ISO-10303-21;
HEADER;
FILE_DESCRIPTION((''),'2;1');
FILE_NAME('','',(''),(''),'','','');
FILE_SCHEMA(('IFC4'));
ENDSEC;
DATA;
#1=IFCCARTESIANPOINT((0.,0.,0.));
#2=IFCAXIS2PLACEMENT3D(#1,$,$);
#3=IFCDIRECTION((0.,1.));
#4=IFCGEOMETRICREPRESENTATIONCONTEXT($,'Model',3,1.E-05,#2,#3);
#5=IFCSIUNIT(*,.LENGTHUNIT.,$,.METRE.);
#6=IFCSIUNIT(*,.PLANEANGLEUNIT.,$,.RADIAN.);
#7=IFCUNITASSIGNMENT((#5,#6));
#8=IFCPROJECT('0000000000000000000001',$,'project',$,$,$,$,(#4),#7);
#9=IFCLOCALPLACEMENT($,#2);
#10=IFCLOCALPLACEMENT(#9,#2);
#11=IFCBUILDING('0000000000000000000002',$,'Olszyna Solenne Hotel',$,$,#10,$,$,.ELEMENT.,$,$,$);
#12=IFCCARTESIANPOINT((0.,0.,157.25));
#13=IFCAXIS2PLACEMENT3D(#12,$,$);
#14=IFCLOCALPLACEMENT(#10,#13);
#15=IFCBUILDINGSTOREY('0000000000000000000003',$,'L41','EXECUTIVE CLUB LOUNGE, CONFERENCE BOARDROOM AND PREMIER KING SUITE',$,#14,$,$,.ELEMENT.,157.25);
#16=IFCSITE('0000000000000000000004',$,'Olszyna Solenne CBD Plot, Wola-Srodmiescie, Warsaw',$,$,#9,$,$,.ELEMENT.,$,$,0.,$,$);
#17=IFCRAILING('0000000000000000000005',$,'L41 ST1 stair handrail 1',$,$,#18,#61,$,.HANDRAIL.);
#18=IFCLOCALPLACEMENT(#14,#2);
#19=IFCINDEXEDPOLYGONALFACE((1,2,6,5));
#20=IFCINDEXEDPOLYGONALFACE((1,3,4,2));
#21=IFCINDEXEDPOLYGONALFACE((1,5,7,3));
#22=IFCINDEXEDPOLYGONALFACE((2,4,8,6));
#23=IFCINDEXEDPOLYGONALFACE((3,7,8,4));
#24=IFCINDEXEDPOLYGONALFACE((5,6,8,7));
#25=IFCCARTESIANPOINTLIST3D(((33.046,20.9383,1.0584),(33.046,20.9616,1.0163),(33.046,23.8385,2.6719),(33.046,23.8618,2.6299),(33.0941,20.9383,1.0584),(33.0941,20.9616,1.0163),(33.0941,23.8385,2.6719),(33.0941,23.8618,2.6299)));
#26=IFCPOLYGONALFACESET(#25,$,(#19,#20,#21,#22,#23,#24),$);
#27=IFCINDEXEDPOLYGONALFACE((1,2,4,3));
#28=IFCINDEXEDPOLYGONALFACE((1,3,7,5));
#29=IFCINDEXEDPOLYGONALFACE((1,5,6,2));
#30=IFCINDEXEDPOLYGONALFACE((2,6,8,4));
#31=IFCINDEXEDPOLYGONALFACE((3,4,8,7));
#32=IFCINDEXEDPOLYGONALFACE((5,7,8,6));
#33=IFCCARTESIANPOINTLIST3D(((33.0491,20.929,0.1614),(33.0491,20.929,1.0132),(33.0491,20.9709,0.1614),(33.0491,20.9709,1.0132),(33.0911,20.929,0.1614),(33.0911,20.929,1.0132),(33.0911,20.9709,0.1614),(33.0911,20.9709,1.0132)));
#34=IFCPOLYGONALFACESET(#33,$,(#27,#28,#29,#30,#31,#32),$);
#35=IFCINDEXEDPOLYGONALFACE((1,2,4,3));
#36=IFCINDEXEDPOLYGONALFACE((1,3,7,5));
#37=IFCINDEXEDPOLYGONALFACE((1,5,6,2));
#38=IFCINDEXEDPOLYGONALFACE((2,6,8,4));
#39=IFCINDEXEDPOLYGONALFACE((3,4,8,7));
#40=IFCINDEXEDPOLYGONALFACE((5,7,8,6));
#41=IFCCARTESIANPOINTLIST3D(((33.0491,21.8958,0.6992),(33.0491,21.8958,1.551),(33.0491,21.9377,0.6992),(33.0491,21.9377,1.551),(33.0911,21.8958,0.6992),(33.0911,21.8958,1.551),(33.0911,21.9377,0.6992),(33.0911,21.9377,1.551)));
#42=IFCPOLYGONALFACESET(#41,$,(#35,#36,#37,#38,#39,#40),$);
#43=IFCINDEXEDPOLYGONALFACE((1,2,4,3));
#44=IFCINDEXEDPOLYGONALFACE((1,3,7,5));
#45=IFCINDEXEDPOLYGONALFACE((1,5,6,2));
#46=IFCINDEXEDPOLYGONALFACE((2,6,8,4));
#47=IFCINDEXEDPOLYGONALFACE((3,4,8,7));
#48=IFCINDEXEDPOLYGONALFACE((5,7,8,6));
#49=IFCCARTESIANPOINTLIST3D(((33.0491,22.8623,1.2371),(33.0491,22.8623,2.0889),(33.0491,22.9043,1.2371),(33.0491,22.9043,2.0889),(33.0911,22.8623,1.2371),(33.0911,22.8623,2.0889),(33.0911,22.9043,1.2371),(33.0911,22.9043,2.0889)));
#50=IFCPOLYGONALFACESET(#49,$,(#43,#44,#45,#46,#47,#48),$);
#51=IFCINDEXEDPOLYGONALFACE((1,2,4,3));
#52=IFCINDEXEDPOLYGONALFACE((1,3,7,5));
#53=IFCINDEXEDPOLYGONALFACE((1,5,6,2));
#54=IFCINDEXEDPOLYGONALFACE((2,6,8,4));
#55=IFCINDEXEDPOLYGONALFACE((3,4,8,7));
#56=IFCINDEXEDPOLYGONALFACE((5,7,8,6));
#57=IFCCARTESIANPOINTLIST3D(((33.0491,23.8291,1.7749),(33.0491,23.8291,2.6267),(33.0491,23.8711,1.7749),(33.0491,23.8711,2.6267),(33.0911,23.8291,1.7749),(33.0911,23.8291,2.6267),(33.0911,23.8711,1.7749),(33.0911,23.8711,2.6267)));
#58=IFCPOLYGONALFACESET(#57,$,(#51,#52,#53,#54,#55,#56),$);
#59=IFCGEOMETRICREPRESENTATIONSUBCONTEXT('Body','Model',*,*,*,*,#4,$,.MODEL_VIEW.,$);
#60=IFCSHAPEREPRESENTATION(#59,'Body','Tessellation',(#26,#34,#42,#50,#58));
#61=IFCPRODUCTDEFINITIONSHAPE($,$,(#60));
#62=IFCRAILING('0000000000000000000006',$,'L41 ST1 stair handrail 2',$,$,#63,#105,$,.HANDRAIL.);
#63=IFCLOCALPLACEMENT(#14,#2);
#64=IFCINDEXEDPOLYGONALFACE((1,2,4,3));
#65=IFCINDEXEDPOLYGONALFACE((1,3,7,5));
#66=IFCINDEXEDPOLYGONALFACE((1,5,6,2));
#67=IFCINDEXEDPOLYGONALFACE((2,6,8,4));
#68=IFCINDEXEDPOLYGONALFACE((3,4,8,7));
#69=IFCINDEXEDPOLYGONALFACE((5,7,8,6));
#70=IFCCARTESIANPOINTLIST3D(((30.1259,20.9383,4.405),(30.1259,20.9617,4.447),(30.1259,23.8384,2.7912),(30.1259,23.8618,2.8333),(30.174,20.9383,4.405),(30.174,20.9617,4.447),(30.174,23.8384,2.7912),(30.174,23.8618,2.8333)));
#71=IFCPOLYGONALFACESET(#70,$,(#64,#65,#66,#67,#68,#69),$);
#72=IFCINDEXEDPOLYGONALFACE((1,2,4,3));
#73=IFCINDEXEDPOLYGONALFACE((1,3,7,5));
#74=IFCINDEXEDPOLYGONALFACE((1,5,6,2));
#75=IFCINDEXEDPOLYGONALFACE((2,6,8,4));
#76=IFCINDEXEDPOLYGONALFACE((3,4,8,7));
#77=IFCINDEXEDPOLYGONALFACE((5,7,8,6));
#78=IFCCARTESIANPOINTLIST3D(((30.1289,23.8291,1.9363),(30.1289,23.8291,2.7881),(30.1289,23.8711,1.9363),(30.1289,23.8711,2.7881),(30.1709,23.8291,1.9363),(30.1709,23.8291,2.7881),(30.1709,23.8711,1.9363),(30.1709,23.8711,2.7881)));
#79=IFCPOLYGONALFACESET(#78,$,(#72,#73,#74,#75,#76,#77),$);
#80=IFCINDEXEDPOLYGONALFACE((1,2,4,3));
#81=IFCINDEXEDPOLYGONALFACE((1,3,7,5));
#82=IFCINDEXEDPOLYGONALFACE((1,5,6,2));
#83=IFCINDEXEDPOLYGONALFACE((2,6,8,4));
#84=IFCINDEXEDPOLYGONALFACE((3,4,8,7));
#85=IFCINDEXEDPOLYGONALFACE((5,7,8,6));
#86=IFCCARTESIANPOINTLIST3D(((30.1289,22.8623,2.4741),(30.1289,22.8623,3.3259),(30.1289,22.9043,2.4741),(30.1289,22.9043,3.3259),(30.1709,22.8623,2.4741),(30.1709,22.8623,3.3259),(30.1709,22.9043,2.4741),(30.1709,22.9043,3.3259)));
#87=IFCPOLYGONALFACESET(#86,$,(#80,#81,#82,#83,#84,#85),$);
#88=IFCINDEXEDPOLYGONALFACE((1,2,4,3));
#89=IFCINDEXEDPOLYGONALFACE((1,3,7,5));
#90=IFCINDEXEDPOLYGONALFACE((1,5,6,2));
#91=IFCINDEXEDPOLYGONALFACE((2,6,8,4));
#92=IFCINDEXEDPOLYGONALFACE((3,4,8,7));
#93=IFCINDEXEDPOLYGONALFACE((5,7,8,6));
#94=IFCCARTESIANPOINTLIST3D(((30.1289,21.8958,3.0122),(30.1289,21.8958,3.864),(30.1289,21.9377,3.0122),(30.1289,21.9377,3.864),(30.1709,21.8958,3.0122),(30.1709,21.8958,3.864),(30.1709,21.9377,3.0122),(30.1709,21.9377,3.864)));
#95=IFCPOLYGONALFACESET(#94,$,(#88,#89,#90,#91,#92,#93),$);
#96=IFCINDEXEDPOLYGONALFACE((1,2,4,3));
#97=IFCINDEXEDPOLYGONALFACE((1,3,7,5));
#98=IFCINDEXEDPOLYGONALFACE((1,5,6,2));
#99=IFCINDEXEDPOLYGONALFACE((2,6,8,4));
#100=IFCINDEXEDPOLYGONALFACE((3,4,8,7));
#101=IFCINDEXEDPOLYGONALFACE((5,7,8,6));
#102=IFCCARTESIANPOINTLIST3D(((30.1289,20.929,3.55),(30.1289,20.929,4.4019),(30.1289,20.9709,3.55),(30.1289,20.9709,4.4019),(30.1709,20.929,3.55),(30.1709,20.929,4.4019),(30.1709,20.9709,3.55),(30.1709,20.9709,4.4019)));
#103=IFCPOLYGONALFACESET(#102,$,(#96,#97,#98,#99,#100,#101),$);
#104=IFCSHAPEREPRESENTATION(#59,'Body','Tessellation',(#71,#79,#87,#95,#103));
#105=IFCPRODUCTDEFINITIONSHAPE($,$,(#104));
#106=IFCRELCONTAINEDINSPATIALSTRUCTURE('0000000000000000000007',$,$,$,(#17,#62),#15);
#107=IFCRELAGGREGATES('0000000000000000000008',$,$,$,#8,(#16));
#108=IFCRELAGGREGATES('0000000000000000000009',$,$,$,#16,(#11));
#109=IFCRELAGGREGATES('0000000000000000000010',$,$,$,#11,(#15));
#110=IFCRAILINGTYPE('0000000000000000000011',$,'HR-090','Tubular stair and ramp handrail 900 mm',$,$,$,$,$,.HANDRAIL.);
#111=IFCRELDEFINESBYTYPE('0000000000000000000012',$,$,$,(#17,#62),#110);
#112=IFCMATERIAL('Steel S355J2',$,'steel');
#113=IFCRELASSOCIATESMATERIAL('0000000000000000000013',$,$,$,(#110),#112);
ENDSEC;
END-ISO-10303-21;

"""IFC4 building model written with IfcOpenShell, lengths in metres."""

from ifc_helpers import new_model, si_unit, direction, frame, origin, origin_2d, place, context, subcontext, project, spatial, rectangle, extrude, material, type_object, element, save


model = new_model("IFC4")

# Units and contexts
model_context = context("Model", 3, precision=1e-05, world=origin(), true_north=direction((0.0, 1.0)))
body_context = subcontext(model_context, "Body", "Model", "MODEL_VIEW")
ifc_project = project(units=[si_unit("LENGTHUNIT", "METRE"), si_unit("PLANEANGLEUNIT", "RADIAN")], contexts=[model_context])

# Site, building, storey
site_placement = place(None, origin())
site = spatial("IfcSite", under=ifc_project, at=site_placement, Name="Olszyna Solenne CBD Plot, Wola-Srodmiescie, Warsaw", CompositionType="ELEMENT", RefElevation=0.0)
building_placement = place(site_placement, origin())
building = spatial("IfcBuilding", under=site, at=building_placement, Name="Olszyna Solenne Hotel", CompositionType="ELEMENT")
storey_placement = place(building_placement, frame((0.0, 0.0, 157.25)))
storey = spatial("IfcBuildingStorey", under=building, at=storey_placement, Name="L41", Description="EXECUTIVE CLUB LOUNGE, CONFERENCE BOARDROOM AND PREMIER KING SUITE", CompositionType="ELEMENT", Elevation=157.25)

# Shared definitions
ifc_material_1 = material(Name="Steel S355J2", Category="steel")

# Railings
railing_type_1 = type_object("IfcRailingType", Name="HR-090", Description="Tubular stair and ramp handrail 900 mm", PredefinedType="HANDRAIL", material=ifc_material_1)
railing_1_placement = place(storey_placement, frame((33.0701, 20.95, 0.1614)))
element("IfcRailing", 1, at=railing_1_placement, inside=storey, type_object=railing_type_1, Name="L41 ST1 stair handrail 1", PredefinedType="HANDRAIL", context=body_context, shape_type="SweptSolid", body=[
    extrude(rectangle(XDim=0.0481, YDim=0.0481, at=origin_2d()), frame((0.0, 0.0, 0.876), z_axis=(0.0, 0.873859, 0.48618), x_axis=(-1.0, 0.0, 0.0)), (0.0, 0.0, 1.0), 3.3188),
    extrude(rectangle(XDim=0.042, YDim=0.042, at=origin_2d()), origin(), (0.0, 0.0, 1.0), 0.8518),
    extrude(rectangle(XDim=0.042, YDim=0.042, at=origin_2d()), frame((0.0, 0.9668, 0.5378)), (0.0, 0.0, 1.0), 0.8518),
    extrude(rectangle(XDim=0.042, YDim=0.042, at=origin_2d()), frame((0.0, 1.9333, 1.0757)), (0.0, 0.0, 1.0), 0.8518),
    extrude(rectangle(XDim=0.042, YDim=0.042, at=origin_2d()), frame((0.0, 2.9001, 1.6135)), (0.0, 0.0, 1.0), 0.8518),
])
railing_2_placement = place(storey_placement, frame((30.1499, 23.8501, 1.9363)))
element("IfcRailing", 2, at=railing_2_placement, inside=storey, type_object=railing_type_1, Name="L41 ST1 stair handrail 2", PredefinedType="HANDRAIL", context=body_context, shape_type="SweptSolid", body=[
    extrude(rectangle(XDim=0.0481, YDim=0.0481, at=origin_2d()), frame((0.0, 0.0, 0.876), z_axis=(0.0, -0.873827, 0.486236), x_axis=(1.0, 0.0, 0.0)), (0.0, 0.0, 1.0), 3.3188),
    extrude(rectangle(XDim=0.042, YDim=0.042, at=origin_2d()), origin(), (0.0, 0.0, 1.0), 0.8518),
    extrude(rectangle(XDim=0.042, YDim=0.042, at=origin_2d()), frame((0.0, -0.9668, 0.5378)), (0.0, 0.0, 1.0), 0.8518),
    extrude(rectangle(XDim=0.042, YDim=0.042, at=origin_2d()), frame((0.0, -1.9333, 1.0759)), (0.0, 0.0, 1.0), 0.8518),
    extrude(rectangle(XDim=0.042, YDim=0.042, at=origin_2d()), frame((0.0, -2.9001, 1.6138)), (0.0, 0.0, 1.0), 0.8518),
])

save(model, "model.ifc")
